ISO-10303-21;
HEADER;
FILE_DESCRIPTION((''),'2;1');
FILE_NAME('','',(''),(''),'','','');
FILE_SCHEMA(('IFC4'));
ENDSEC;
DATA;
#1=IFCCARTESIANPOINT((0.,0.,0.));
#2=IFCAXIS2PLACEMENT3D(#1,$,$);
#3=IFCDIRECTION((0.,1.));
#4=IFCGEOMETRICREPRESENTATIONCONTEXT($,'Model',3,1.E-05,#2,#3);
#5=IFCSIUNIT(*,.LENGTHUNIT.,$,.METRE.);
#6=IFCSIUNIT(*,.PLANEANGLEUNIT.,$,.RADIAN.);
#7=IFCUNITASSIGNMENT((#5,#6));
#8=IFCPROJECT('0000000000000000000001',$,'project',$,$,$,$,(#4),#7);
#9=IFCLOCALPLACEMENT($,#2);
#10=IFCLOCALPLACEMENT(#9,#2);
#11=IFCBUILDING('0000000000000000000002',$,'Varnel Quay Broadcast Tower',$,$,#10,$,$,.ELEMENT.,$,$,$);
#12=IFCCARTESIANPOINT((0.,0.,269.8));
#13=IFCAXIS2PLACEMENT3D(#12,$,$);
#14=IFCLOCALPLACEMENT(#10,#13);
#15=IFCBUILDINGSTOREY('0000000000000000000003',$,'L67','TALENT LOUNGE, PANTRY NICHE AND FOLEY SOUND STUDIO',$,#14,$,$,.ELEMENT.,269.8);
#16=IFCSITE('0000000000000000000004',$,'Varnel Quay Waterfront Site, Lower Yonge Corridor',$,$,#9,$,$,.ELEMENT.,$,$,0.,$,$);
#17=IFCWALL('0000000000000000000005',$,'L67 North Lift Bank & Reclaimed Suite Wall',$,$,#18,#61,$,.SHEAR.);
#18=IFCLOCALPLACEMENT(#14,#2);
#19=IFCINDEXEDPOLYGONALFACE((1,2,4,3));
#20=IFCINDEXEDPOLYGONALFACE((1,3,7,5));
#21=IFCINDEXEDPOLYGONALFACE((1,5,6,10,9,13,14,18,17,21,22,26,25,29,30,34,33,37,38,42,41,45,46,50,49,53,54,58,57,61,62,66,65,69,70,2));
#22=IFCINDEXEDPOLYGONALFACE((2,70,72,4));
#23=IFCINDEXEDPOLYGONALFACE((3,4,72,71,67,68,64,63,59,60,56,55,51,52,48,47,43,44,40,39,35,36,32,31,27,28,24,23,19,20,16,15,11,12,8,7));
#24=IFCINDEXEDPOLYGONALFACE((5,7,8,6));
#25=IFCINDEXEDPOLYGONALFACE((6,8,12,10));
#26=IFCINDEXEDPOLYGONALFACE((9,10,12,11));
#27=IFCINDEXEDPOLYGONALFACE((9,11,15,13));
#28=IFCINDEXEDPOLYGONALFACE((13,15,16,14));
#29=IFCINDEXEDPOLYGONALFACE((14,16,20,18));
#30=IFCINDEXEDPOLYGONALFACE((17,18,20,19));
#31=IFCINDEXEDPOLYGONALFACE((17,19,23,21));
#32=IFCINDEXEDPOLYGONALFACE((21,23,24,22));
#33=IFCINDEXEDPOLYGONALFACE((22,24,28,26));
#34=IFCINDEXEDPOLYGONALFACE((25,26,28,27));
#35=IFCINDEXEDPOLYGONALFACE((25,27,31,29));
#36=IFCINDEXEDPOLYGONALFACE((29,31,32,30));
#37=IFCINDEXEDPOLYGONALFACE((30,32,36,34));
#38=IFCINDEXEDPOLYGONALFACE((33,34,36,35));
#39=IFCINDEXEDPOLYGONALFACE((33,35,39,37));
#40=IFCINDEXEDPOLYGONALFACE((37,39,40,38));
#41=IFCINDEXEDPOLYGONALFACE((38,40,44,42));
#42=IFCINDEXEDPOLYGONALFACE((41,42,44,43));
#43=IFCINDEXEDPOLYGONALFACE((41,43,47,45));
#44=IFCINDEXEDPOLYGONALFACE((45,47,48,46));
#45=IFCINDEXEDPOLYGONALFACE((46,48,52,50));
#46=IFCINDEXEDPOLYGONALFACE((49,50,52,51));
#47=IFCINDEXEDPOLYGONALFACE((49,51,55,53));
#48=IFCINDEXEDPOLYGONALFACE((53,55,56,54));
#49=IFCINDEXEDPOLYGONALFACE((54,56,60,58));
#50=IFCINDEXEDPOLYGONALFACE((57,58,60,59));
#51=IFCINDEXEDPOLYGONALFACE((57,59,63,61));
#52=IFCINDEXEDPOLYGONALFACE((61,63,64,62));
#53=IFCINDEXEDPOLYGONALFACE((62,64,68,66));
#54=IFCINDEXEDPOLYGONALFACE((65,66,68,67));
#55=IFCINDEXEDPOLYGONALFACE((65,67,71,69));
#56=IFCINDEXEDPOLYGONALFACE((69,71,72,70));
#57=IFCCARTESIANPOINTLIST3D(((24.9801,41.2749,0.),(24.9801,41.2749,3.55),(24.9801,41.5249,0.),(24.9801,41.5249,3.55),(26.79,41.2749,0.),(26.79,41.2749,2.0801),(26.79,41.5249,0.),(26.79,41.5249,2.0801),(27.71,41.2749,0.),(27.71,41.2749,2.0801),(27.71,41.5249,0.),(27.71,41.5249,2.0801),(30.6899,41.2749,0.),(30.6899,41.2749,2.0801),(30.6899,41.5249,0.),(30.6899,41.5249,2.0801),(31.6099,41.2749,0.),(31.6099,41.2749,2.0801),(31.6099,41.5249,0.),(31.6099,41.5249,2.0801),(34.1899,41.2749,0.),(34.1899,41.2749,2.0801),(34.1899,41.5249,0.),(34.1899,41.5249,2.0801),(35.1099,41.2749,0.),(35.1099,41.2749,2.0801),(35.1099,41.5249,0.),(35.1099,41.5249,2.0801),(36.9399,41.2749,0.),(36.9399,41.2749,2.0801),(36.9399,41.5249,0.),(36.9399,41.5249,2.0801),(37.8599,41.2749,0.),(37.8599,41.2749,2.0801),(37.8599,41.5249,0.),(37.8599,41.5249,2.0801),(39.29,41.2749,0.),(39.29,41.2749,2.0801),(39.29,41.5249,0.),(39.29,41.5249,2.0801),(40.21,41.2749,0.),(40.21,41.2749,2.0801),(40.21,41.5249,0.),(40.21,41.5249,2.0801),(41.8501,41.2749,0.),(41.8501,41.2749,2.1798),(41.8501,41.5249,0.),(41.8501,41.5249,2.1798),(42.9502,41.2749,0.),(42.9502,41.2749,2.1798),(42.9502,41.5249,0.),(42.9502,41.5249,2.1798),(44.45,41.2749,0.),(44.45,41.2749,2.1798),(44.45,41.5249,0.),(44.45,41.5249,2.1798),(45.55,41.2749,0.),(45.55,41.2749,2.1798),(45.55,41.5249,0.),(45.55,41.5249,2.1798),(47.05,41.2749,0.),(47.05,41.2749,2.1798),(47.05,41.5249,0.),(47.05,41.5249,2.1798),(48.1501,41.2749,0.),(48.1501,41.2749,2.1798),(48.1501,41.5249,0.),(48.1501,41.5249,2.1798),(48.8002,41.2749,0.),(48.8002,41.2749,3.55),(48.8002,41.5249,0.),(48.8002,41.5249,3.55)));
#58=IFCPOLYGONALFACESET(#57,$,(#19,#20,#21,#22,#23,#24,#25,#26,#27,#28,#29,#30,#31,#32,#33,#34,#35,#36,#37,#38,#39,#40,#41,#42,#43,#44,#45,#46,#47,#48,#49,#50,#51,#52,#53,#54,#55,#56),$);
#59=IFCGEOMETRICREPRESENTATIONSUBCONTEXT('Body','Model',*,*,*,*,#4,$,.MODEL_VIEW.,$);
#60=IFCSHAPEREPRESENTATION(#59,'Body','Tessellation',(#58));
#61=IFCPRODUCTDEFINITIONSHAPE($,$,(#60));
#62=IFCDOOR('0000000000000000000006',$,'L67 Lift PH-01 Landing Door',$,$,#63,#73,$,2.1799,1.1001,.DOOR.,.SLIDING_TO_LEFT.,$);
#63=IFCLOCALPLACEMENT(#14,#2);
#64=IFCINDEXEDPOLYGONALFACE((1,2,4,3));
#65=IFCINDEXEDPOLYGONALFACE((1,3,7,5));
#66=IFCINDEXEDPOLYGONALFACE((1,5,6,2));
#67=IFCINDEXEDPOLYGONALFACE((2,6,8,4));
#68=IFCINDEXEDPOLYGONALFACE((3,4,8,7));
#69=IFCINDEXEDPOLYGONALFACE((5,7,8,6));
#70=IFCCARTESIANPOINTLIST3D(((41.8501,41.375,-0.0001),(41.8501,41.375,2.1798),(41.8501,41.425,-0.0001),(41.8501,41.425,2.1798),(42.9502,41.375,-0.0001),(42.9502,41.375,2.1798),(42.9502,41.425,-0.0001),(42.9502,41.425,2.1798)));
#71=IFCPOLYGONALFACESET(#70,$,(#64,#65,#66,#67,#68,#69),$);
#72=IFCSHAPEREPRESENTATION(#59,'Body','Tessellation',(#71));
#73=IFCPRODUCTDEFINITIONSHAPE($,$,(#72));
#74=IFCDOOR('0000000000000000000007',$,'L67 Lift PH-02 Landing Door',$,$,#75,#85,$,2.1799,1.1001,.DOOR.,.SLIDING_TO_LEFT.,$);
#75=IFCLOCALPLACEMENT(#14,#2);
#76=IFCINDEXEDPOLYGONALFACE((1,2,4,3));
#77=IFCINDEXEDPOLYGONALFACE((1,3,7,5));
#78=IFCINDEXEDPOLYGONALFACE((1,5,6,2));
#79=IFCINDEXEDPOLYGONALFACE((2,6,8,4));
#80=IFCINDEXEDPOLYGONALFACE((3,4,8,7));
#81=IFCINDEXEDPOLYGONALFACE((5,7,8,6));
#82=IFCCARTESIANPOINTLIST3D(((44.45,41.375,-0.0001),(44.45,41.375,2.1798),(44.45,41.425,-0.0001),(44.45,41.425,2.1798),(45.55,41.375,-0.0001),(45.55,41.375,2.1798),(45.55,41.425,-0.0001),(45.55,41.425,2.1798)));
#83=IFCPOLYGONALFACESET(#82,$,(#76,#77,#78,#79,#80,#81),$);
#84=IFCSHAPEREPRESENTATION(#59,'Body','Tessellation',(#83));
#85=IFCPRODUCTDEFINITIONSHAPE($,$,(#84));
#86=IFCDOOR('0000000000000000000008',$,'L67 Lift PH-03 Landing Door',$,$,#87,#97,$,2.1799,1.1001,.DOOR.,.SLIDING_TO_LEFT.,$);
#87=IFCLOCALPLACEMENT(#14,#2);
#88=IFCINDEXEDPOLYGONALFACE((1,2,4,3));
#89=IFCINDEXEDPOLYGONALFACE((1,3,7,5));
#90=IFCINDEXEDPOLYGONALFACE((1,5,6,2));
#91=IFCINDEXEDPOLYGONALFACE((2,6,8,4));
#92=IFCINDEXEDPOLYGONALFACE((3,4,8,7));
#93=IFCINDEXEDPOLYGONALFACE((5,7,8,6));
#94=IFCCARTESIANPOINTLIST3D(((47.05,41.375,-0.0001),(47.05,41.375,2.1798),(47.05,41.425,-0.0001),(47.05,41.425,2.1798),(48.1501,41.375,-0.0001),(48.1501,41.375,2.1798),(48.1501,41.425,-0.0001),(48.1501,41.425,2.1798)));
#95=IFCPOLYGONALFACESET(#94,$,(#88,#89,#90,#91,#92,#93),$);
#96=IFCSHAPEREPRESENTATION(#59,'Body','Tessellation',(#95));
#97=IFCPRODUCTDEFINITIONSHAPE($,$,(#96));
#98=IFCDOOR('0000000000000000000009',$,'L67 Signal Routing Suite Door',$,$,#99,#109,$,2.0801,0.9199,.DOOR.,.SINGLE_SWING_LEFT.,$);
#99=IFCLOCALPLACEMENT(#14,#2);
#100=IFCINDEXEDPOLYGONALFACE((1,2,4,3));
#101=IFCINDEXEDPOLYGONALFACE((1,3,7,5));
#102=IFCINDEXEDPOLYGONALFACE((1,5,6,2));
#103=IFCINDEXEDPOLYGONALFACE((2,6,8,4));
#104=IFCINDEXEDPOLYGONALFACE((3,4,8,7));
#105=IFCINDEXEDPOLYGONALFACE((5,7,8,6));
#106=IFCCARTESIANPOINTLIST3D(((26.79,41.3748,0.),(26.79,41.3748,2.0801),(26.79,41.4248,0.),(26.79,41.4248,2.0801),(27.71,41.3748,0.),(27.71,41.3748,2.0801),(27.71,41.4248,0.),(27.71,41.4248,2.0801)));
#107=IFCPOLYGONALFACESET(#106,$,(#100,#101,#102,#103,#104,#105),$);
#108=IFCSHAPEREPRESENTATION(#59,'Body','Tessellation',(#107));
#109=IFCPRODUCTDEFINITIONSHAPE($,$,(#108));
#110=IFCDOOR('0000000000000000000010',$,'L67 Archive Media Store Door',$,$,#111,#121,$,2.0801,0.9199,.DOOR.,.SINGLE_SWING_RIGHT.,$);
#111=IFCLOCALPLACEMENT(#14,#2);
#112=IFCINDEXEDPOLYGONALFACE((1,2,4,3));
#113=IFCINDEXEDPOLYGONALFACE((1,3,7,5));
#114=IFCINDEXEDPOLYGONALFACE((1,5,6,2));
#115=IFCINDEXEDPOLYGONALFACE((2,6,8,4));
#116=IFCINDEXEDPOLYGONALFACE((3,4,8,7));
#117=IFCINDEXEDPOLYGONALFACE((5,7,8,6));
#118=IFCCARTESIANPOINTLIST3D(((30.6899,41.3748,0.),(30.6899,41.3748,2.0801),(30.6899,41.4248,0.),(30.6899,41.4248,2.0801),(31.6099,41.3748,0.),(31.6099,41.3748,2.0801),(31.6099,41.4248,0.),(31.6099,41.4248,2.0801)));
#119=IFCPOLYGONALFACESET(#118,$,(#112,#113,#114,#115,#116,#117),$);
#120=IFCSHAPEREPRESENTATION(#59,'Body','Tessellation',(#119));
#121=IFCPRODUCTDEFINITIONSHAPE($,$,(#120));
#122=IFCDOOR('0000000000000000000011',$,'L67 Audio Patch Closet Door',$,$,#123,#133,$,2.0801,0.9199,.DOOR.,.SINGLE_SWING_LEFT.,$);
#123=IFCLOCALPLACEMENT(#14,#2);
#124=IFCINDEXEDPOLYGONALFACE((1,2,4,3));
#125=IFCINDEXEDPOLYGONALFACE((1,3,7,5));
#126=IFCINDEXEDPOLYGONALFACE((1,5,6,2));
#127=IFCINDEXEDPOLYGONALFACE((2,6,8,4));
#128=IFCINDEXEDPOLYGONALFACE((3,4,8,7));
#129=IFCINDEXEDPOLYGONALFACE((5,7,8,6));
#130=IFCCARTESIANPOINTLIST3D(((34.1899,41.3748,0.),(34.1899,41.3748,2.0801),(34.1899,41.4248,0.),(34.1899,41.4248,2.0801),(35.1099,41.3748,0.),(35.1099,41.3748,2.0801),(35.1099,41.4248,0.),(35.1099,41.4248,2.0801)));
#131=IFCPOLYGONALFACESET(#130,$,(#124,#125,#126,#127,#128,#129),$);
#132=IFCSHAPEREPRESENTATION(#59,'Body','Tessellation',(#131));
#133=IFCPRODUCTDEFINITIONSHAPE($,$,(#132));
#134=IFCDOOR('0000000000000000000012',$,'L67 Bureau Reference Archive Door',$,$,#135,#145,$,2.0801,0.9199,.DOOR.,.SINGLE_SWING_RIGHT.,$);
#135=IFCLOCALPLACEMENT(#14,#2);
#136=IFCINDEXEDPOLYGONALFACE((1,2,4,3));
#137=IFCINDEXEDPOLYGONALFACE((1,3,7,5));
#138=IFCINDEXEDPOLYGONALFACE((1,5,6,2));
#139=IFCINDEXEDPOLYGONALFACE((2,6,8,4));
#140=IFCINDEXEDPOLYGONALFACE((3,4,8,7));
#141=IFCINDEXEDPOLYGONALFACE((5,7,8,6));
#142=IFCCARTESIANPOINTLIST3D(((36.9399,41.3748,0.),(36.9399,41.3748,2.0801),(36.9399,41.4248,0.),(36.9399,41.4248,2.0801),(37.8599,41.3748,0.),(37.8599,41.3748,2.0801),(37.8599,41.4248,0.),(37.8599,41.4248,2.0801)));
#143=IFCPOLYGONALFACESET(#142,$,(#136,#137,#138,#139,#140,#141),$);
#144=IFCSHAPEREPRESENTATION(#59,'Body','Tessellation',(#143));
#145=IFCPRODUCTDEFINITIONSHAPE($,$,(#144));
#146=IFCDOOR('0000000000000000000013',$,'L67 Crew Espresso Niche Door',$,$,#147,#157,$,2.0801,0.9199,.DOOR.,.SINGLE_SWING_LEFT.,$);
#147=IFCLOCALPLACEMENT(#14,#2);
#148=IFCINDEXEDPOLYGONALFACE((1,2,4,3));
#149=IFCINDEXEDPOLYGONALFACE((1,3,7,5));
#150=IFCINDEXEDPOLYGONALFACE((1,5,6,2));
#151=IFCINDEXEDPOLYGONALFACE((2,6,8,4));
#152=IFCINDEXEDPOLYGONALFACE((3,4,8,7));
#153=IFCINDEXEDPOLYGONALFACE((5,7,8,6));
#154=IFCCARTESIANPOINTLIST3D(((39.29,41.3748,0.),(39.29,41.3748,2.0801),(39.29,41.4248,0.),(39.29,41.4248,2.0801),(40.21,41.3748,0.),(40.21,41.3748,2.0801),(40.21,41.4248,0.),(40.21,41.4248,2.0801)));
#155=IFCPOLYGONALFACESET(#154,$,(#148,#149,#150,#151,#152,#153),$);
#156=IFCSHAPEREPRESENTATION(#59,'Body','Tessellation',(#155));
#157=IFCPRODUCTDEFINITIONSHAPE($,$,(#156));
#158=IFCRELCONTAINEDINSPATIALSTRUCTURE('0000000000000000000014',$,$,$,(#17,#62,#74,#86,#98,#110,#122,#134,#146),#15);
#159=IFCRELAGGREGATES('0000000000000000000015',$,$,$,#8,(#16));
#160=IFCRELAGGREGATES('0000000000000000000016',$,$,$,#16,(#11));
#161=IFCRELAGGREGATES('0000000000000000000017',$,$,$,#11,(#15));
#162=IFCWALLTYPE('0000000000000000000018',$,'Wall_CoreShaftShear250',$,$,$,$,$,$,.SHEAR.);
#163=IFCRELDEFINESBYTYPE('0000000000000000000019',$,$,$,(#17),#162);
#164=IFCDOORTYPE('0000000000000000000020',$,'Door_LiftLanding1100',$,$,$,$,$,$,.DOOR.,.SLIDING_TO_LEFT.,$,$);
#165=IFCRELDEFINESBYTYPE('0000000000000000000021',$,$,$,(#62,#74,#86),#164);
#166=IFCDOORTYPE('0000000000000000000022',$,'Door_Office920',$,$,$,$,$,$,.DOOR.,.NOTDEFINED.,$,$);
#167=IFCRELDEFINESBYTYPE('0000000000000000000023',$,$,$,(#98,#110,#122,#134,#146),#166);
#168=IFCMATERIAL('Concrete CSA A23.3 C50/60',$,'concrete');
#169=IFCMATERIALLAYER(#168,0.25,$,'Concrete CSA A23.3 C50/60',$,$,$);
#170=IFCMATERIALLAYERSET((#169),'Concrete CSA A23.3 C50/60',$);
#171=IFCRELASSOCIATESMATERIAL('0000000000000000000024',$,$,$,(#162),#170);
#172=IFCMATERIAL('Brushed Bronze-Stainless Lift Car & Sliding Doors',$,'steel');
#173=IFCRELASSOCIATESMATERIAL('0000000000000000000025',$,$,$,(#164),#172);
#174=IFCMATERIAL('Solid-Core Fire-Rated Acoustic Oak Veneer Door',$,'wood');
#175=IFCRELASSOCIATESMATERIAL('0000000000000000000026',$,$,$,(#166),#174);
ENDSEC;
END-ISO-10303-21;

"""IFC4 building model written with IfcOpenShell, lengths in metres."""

from ifc_helpers import new_model, si_unit, direction, frame, frame_2d, origin, place, context, subcontext, project, spatial, rectangle, extrude, source, transform, mapped, material, layer, layer_set, type_object, type_shapes, element, fill, save


model = new_model("IFC4")

# Units and contexts
model_context = context("Model", 3, precision=1e-05, world=origin(), true_north=direction((0.0, 1.0)))
body_context = subcontext(model_context, "Body", "Model", "MODEL_VIEW")
ifc_project = project(units=[si_unit("LENGTHUNIT", "METRE"), si_unit("PLANEANGLEUNIT", "RADIAN")], contexts=[model_context])

# Site, building, storey
site_placement = place(None, origin())
site = spatial("IfcSite", under=ifc_project, at=site_placement, Name="Varnel Quay Waterfront Site, Lower Yonge Corridor", CompositionType="ELEMENT", RefElevation=0.0)
building_placement = place(site_placement, origin())
building = spatial("IfcBuilding", under=site, at=building_placement, Name="Varnel Quay Broadcast Tower", CompositionType="ELEMENT")
storey_placement = place(building_placement, frame((0.0, 0.0, 269.8)))
storey = spatial("IfcBuildingStorey", under=building, at=storey_placement, Name="L67", Description="TALENT LOUNGE, PANTRY NICHE AND FOLEY SOUND STUDIO", CompositionType="ELEMENT", Elevation=269.8)

# Shared definitions
ifc_material_1 = material(Name="Concrete CSA A23.3 C50/60", Category="concrete")

# Wall, openings, doors
ifc_layer_1 = layer(ifc_material_1, 0.25, Name="Concrete CSA A23.3 C50/60")
ifc_layer_set_1 = layer_set([ifc_layer_1], Name="Concrete CSA A23.3 C50/60")
wall_type_1 = type_object("IfcWallType", Name="Wall_CoreShaftShear250", PredefinedType="SHEAR", material=ifc_layer_set_1)
wall_1_placement = place(storey_placement, frame((24.98, 41.3999, 0.0), z_axis=(0.0, 0.0, 1.0), x_axis=(1.0, 0.0, 0.0)))
wall_1 = element("IfcWall", 1, at=wall_1_placement, inside=storey, type_object=wall_type_1, Name="L67 North Lift Bank & Reclaimed Suite Wall", PredefinedType="SHEAR", context=body_context, shape_type="SweptSolid", body=[
    extrude(rectangle(XDim=23.8201, YDim=0.25, at=frame_2d((11.9102, 0.0))), origin(), (0.0, 0.0, 1.0), 3.55),
])
opening_1_placement = place(wall_1_placement, frame((16.8701, 0.0, 0.0)))
opening_1 = element("IfcOpeningElement", 2, at=opening_1_placement, cuts=wall_1, PredefinedType="OPENING", context=body_context, shape_type="SweptSolid", body=[
    extrude(rectangle(XDim=1.1001, YDim=2.1799, at=frame_2d((0.55, 1.0898))), frame((0.0, 0.135, 0.0), z_axis=(0.0, -1.0, 0.0), x_axis=(1.0, 0.0, 0.0)), (0.0, 0.0, 1.0), 0.27),
])
opening_2_placement = place(wall_1_placement, frame((19.47, 0.0, 0.0)))
opening_2 = element("IfcOpeningElement", 3, at=opening_2_placement, cuts=wall_1, PredefinedType="OPENING", context=body_context, shape_type="SweptSolid", body=[
    extrude(rectangle(XDim=1.1001, YDim=2.1799, at=frame_2d((0.55, 1.0898))), frame((0.0, 0.135, 0.0), z_axis=(0.0, -1.0, 0.0), x_axis=(1.0, 0.0, 0.0)), (0.0, 0.0, 1.0), 0.27),
])
opening_3_placement = place(wall_1_placement, frame((22.0701, 0.0, 0.0)))
opening_3 = element("IfcOpeningElement", 4, at=opening_3_placement, cuts=wall_1, PredefinedType="OPENING", context=body_context, shape_type="SweptSolid", body=[
    extrude(rectangle(XDim=1.1001, YDim=2.1799, at=frame_2d((0.55, 1.0898))), frame((0.0, 0.135, 0.0), z_axis=(0.0, -1.0, 0.0), x_axis=(1.0, 0.0, 0.0)), (0.0, 0.0, 1.0), 0.27),
])
opening_4_placement = place(wall_1_placement, frame((1.8101, 0.0, 0.0)))
opening_4 = element("IfcOpeningElement", 5, at=opening_4_placement, cuts=wall_1, PredefinedType="OPENING", context=body_context, shape_type="SweptSolid", body=[
    extrude(rectangle(XDim=0.9199, YDim=2.0801, at=frame_2d((0.46, 1.04))), frame((0.0, 0.135, 0.0), z_axis=(0.0, -1.0, 0.0), x_axis=(1.0, 0.0, 0.0)), (0.0, 0.0, 1.0), 0.27),
])
opening_5_placement = place(wall_1_placement, frame((5.71, 0.0, 0.0)))
opening_5 = element("IfcOpeningElement", 6, at=opening_5_placement, cuts=wall_1, PredefinedType="OPENING", context=body_context, shape_type="SweptSolid", body=[
    extrude(rectangle(XDim=0.9199, YDim=2.0801, at=frame_2d((0.46, 1.04))), frame((0.0, 0.135, 0.0), z_axis=(0.0, -1.0, 0.0), x_axis=(1.0, 0.0, 0.0)), (0.0, 0.0, 1.0), 0.27),
])
opening_6_placement = place(wall_1_placement, frame((9.21, 0.0, 0.0)))
opening_6 = element("IfcOpeningElement", 7, at=opening_6_placement, cuts=wall_1, PredefinedType="OPENING", context=body_context, shape_type="SweptSolid", body=[
    extrude(rectangle(XDim=0.9199, YDim=2.0801, at=frame_2d((0.46, 1.04))), frame((0.0, 0.135, 0.0), z_axis=(0.0, -1.0, 0.0), x_axis=(1.0, 0.0, 0.0)), (0.0, 0.0, 1.0), 0.27),
])
opening_7_placement = place(wall_1_placement, frame((11.96, 0.0, 0.0)))
opening_7 = element("IfcOpeningElement", 8, at=opening_7_placement, cuts=wall_1, PredefinedType="OPENING", context=body_context, shape_type="SweptSolid", body=[
    extrude(rectangle(XDim=0.9199, YDim=2.0801, at=frame_2d((0.46, 1.04))), frame((0.0, 0.135, 0.0), z_axis=(0.0, -1.0, 0.0), x_axis=(1.0, 0.0, 0.0)), (0.0, 0.0, 1.0), 0.27),
])
opening_8_placement = place(wall_1_placement, frame((14.3101, 0.0, 0.0)))
opening_8 = element("IfcOpeningElement", 9, at=opening_8_placement, cuts=wall_1, PredefinedType="OPENING", context=body_context, shape_type="SweptSolid", body=[
    extrude(rectangle(XDim=0.9199, YDim=2.0801, at=frame_2d((0.46, 1.04))), frame((0.0, 0.135, 0.0), z_axis=(0.0, -1.0, 0.0), x_axis=(1.0, 0.0, 0.0)), (0.0, 0.0, 1.0), 0.27),
])
ifc_material_2 = material(Name="Brushed Bronze-Stainless Lift Car & Sliding Doors", Category="steel")
door_type_1 = type_object("IfcDoorType", Name="Door_LiftLanding1100", OperationType="SLIDING_TO_LEFT", PredefinedType="DOOR", material=ifc_material_2)
shared_shape_1 = source(origin(), body_context, "Body", "SweptSolid", [
    extrude(rectangle(XDim=1.1001, YDim=2.1799, at=frame_2d((0.55, 1.0898))), frame((0.0, 0.0249, 0.0), z_axis=(0.0, -1.0, 0.0), x_axis=(1.0, 0.0, 0.0)), (0.0, 0.0, 1.0), 0.05),
])
type_shapes(door_type_1, [shared_shape_1])
door_1_placement = place(opening_1_placement, frame((1.1001, 0.0, 0.0), z_axis=(0.0, 0.0, 1.0), x_axis=(-1.0, 0.0, 0.0)))
door_1 = element("IfcDoor", 10, at=door_1_placement, inside=storey, type_object=door_type_1, Name="L67 Lift PH-01 Landing Door", OperationType="SLIDING_TO_LEFT", OverallHeight=2.1799, OverallWidth=1.1001, PredefinedType="DOOR", context=body_context, shape_type="MappedRepresentation", body=[
    mapped(shared_shape_1, transform((0.0, 0.0, 0.0), x_axis=(1.0, 0.0, 0.0), y_axis=(0.0, 1.0, 0.0), z_axis=(0.0, 0.0, 1.0), scale=1.0)),
])
fill(opening_1, door_1)
door_2_placement = place(opening_2_placement, frame((1.1001, 0.0, 0.0), z_axis=(0.0, 0.0, 1.0), x_axis=(-1.0, 0.0, 0.0)))
door_2 = element("IfcDoor", 11, at=door_2_placement, inside=storey, type_object=door_type_1, Name="L67 Lift PH-02 Landing Door", OperationType="SLIDING_TO_LEFT", OverallHeight=2.1799, OverallWidth=1.1001, PredefinedType="DOOR", context=body_context, shape_type="MappedRepresentation", body=[
    mapped(shared_shape_1, transform((0.0, 0.0, 0.0), x_axis=(1.0, 0.0, 0.0), y_axis=(0.0, 1.0, 0.0), z_axis=(0.0, 0.0, 1.0), scale=1.0)),
])
fill(opening_2, door_2)
door_3_placement = place(opening_3_placement, frame((1.1001, 0.0, 0.0), z_axis=(0.0, 0.0, 1.0), x_axis=(-1.0, 0.0, 0.0)))
door_3 = element("IfcDoor", 12, at=door_3_placement, inside=storey, type_object=door_type_1, Name="L67 Lift PH-03 Landing Door", OperationType="SLIDING_TO_LEFT", OverallHeight=2.1799, OverallWidth=1.1001, PredefinedType="DOOR", context=body_context, shape_type="MappedRepresentation", body=[
    mapped(shared_shape_1, transform((0.0, 0.0, 0.0), x_axis=(1.0, 0.0, 0.0), y_axis=(0.0, 1.0, 0.0), z_axis=(0.0, 0.0, 1.0), scale=1.0)),
])
fill(opening_3, door_3)
ifc_material_3 = material(Name="Solid-Core Fire-Rated Acoustic Oak Veneer Door", Category="wood")
door_type_2 = type_object("IfcDoorType", Name="Door_Office920", OperationType="NOTDEFINED", PredefinedType="DOOR", material=ifc_material_3)
shared_shape_2 = source(origin(), body_context, "Body", "SweptSolid", [
    extrude(rectangle(XDim=0.9199, YDim=2.0801, at=frame_2d((0.46, 1.04))), frame((0.0, 0.0249, 0.0), z_axis=(0.0, -1.0, 0.0), x_axis=(1.0, 0.0, 0.0)), (0.0, 0.0, 1.0), 0.05),
])
type_shapes(door_type_2, [shared_shape_2])
door_4_placement = place(opening_4_placement, origin())
door_4 = element("IfcDoor", 13, at=door_4_placement, inside=storey, type_object=door_type_2, Name="L67 Signal Routing Suite Door", OperationType="SINGLE_SWING_LEFT", OverallHeight=2.0801, OverallWidth=0.9199, PredefinedType="DOOR", context=body_context, shape_type="MappedRepresentation", body=[
    mapped(shared_shape_2, transform((0.0, 0.0, 0.0), x_axis=(1.0, 0.0, 0.0), y_axis=(0.0, 1.0, 0.0), z_axis=(0.0, 0.0, 1.0), scale=1.0)),
])
fill(opening_4, door_4)
door_5_placement = place(opening_5_placement, origin())
door_5 = element("IfcDoor", 14, at=door_5_placement, inside=storey, type_object=door_type_2, Name="L67 Archive Media Store Door", OperationType="SINGLE_SWING_RIGHT", OverallHeight=2.0801, OverallWidth=0.9199, PredefinedType="DOOR", context=body_context, shape_type="MappedRepresentation", body=[
    mapped(shared_shape_2, transform((0.0, 0.0, 0.0), x_axis=(1.0, 0.0, 0.0), y_axis=(0.0, 1.0, 0.0), z_axis=(0.0, 0.0, 1.0), scale=1.0)),
])
fill(opening_5, door_5)
door_6_placement = place(opening_6_placement, origin())
door_6 = element("IfcDoor", 15, at=door_6_placement, inside=storey, type_object=door_type_2, Name="L67 Audio Patch Closet Door", OperationType="SINGLE_SWING_LEFT", OverallHeight=2.0801, OverallWidth=0.9199, PredefinedType="DOOR", context=body_context, shape_type="MappedRepresentation", body=[
    mapped(shared_shape_2, transform((0.0, 0.0, 0.0), x_axis=(1.0, 0.0, 0.0), y_axis=(0.0, 1.0, 0.0), z_axis=(0.0, 0.0, 1.0), scale=1.0)),
])
fill(opening_6, door_6)
door_7_placement = place(opening_7_placement, origin())
door_7 = element("IfcDoor", 16, at=door_7_placement, inside=storey, type_object=door_type_2, Name="L67 Bureau Reference Archive Door", OperationType="SINGLE_SWING_RIGHT", OverallHeight=2.0801, OverallWidth=0.9199, PredefinedType="DOOR", context=body_context, shape_type="MappedRepresentation", body=[
    mapped(shared_shape_2, transform((0.0, 0.0, 0.0), x_axis=(1.0, 0.0, 0.0), y_axis=(0.0, 1.0, 0.0), z_axis=(0.0, 0.0, 1.0), scale=1.0)),
])
fill(opening_7, door_7)
door_8_placement = place(opening_8_placement, origin())
door_8 = element("IfcDoor", 17, at=door_8_placement, inside=storey, type_object=door_type_2, Name="L67 Crew Espresso Niche Door", OperationType="SINGLE_SWING_LEFT", OverallHeight=2.0801, OverallWidth=0.9199, PredefinedType="DOOR", context=body_context, shape_type="MappedRepresentation", body=[
    mapped(shared_shape_2, transform((0.0, 0.0, 0.0), x_axis=(1.0, 0.0, 0.0), y_axis=(0.0, 1.0, 0.0), z_axis=(0.0, 0.0, 1.0), scale=1.0)),
])
fill(opening_8, door_8)

save(model, "model.ifc")
